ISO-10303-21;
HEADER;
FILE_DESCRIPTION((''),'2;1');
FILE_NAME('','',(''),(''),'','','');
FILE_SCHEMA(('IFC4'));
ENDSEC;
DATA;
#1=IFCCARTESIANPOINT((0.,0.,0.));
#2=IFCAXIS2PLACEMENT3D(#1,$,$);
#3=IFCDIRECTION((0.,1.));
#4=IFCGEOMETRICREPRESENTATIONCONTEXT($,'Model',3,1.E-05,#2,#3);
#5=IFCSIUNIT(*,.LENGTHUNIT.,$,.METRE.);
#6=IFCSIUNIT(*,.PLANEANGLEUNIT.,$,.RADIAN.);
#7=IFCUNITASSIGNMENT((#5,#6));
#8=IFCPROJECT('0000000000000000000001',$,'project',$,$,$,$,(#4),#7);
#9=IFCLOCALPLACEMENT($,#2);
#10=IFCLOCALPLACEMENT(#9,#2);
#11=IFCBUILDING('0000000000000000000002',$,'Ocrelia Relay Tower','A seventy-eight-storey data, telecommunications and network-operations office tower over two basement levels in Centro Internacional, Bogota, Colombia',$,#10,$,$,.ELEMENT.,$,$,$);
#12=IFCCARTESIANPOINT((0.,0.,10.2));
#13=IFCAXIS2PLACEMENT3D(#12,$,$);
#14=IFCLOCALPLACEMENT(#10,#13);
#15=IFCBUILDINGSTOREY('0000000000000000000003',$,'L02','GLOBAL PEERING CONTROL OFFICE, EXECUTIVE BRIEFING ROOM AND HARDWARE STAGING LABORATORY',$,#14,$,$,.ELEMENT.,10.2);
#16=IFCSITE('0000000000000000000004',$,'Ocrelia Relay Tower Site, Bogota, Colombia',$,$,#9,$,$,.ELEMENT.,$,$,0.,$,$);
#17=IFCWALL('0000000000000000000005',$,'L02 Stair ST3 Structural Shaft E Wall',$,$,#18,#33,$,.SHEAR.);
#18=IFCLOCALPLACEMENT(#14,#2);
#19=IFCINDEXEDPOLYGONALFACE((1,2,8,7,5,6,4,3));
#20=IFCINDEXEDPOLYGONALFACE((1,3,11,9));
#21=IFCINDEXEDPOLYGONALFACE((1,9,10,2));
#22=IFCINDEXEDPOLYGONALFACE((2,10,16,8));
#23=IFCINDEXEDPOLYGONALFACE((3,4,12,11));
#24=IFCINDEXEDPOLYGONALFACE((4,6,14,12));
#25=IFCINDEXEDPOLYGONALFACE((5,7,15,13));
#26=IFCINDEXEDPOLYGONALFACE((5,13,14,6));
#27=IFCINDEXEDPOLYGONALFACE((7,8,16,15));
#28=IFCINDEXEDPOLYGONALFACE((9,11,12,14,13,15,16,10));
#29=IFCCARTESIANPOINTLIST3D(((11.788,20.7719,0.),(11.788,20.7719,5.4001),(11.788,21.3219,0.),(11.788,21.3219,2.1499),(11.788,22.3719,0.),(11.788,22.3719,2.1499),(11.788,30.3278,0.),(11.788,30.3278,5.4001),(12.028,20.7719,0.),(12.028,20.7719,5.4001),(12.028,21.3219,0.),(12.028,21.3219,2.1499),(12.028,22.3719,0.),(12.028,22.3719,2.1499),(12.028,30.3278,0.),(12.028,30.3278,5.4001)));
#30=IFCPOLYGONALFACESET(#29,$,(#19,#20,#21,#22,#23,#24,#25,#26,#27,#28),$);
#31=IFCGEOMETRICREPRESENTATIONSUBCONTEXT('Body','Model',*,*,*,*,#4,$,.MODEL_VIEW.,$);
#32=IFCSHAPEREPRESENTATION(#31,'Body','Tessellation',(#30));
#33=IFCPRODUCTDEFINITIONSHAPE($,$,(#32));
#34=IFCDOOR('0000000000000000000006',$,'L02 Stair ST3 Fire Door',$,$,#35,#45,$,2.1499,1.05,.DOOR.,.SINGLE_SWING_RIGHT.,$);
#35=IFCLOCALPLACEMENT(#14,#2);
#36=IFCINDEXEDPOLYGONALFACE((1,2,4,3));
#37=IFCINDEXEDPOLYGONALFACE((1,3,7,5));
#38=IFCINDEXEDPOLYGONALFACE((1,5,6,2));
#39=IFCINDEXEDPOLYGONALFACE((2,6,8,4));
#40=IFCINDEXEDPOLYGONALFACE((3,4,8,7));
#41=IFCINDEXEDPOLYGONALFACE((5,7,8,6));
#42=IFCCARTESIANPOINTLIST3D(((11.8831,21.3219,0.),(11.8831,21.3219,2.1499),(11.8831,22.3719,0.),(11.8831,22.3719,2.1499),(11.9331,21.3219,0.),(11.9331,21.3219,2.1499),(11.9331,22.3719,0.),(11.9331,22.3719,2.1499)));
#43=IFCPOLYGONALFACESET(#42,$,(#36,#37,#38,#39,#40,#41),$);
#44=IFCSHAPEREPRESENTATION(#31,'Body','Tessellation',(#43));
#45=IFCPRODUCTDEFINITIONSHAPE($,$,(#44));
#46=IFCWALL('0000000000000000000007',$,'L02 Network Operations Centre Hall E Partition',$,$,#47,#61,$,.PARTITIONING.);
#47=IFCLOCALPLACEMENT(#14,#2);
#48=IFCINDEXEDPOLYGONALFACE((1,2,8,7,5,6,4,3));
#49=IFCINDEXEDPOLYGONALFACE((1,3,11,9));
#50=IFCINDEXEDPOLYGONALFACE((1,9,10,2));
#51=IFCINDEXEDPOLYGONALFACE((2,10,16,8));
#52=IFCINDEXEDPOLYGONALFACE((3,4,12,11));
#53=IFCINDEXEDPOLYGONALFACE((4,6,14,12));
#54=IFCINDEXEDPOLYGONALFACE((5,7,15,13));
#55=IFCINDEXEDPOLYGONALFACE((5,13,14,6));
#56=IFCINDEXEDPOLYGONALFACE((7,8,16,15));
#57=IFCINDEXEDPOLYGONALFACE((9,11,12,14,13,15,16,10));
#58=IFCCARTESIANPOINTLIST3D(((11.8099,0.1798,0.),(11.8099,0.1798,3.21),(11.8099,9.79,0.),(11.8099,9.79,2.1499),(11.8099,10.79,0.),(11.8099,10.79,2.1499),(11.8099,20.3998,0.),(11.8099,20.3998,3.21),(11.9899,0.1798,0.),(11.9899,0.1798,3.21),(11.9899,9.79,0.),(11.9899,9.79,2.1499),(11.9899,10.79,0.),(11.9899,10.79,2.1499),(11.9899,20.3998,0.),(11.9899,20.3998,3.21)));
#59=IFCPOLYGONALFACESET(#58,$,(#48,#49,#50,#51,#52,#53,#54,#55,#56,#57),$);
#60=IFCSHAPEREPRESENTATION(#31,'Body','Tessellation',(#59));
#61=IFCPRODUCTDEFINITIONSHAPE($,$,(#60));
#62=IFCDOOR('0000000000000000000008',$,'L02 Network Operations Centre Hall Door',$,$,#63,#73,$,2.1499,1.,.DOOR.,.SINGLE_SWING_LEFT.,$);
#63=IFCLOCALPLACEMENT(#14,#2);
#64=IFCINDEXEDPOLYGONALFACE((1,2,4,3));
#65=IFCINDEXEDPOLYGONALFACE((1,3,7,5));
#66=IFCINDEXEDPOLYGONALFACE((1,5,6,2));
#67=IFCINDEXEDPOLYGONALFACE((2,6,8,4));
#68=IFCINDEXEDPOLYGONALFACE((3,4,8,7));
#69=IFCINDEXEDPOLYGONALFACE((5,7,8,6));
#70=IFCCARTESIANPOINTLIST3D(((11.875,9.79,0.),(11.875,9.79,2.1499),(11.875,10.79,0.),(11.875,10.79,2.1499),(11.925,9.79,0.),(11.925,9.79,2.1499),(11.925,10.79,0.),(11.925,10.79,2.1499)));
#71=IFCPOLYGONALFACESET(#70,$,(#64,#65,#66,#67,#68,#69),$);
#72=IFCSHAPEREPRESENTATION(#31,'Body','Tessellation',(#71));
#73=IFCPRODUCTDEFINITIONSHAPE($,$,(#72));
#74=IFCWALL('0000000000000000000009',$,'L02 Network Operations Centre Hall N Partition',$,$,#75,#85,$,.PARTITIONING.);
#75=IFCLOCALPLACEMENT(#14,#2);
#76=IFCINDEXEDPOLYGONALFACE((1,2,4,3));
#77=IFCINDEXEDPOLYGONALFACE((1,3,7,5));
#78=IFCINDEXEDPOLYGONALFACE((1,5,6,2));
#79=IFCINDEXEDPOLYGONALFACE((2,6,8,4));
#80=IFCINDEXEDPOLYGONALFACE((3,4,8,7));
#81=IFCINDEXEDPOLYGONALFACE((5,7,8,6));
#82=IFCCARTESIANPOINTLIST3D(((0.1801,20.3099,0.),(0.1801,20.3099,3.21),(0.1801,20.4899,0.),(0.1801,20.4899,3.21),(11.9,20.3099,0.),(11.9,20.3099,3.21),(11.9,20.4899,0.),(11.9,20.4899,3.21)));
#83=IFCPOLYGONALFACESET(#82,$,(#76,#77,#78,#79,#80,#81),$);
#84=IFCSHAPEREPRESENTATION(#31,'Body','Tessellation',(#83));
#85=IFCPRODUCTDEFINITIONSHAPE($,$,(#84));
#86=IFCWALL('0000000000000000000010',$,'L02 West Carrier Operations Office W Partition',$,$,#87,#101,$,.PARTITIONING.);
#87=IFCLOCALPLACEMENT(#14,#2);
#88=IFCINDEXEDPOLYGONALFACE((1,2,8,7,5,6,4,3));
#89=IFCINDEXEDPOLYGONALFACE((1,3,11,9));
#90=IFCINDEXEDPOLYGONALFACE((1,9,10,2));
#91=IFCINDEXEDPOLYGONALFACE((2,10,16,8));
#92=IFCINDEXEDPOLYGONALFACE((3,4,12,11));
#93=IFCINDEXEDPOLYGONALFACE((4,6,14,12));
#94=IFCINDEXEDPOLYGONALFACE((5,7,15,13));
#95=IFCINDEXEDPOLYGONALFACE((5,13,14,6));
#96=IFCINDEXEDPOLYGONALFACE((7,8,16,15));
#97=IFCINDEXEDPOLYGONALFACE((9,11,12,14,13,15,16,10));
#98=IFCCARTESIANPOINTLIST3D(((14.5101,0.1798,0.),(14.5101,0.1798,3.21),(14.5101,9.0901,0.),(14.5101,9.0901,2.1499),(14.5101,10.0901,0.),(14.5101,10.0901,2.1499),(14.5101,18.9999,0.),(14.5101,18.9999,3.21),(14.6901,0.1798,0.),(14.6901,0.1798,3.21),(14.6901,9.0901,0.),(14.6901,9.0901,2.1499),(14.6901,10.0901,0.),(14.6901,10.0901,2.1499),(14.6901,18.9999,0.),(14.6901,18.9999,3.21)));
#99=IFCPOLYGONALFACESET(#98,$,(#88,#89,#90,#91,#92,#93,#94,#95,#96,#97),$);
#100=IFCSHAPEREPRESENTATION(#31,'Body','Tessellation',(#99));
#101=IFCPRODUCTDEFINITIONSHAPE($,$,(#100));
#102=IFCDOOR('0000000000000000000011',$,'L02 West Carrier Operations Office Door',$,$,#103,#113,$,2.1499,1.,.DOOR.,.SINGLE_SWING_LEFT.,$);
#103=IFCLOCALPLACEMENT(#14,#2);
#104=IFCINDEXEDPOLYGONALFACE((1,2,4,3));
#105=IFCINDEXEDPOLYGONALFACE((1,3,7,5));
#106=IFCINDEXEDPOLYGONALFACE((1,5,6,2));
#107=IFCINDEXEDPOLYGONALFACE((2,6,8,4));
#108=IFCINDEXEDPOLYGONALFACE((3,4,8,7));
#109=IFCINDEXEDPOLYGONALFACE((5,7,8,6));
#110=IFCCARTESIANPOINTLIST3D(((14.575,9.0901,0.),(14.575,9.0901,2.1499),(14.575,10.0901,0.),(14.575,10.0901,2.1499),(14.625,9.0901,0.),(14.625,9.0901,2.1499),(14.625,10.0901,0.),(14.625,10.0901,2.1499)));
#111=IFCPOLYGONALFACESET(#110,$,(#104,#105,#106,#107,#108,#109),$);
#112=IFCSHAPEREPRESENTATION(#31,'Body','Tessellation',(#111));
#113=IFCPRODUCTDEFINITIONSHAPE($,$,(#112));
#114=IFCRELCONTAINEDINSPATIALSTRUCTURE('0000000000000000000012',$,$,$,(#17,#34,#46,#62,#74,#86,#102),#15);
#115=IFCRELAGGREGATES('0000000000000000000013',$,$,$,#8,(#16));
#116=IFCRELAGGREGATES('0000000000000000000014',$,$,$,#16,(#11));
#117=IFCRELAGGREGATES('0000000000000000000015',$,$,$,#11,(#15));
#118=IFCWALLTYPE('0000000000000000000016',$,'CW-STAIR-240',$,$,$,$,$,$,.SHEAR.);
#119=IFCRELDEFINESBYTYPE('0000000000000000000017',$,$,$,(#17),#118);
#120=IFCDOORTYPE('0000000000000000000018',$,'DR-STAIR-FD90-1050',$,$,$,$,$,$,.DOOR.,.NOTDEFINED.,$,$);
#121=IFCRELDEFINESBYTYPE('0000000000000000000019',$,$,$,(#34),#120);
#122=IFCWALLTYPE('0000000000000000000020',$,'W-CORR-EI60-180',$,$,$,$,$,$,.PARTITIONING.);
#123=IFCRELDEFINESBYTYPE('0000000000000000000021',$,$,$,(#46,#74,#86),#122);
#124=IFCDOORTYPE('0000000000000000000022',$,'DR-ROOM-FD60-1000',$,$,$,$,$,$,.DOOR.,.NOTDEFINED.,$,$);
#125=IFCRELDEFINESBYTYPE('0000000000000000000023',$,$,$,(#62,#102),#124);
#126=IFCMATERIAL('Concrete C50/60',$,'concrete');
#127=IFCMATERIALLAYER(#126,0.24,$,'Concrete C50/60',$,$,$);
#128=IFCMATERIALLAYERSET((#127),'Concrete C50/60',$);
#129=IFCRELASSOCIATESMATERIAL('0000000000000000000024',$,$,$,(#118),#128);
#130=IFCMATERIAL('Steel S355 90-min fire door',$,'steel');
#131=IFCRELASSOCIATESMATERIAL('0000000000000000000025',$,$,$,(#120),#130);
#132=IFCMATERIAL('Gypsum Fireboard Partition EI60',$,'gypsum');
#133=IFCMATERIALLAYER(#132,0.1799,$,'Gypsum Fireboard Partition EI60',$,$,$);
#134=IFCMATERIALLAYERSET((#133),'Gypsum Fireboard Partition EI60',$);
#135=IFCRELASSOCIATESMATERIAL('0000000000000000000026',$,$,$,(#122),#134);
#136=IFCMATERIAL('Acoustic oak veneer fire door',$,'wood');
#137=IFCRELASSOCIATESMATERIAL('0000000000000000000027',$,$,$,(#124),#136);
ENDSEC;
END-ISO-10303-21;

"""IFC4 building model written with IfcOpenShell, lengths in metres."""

from ifc_helpers import new_model, si_unit, direction, frame, frame_2d, origin, place, context, subcontext, project, spatial, rectangle, extrude, material, layer, layer_set, type_object, element, fill, save


model = new_model("IFC4")

# Units and contexts
model_context = context("Model", 3, precision=1e-05, world=origin(), true_north=direction((0.0, 1.0)))
body_context = subcontext(model_context, "Body", "Model", "MODEL_VIEW")
ifc_project = project(units=[si_unit("LENGTHUNIT", "METRE"), si_unit("PLANEANGLEUNIT", "RADIAN")], contexts=[model_context])

# Site, building, storey
site_placement = place(None, origin())
site = spatial("IfcSite", under=ifc_project, at=site_placement, Name="Ocrelia Relay Tower Site, Bogota, Colombia", CompositionType="ELEMENT", RefElevation=0.0)
building_placement = place(site_placement, origin())
building = spatial("IfcBuilding", under=site, at=building_placement, Name="Ocrelia Relay Tower", Description="A seventy-eight-storey data, telecommunications and network-operations office tower over two basement levels in Centro Internacional, Bogota, Colombia", CompositionType="ELEMENT")
storey_placement = place(building_placement, frame((0.0, 0.0, 10.2)))
storey = spatial("IfcBuildingStorey", under=building, at=storey_placement, Name="L02", Description="GLOBAL PEERING CONTROL OFFICE, EXECUTIVE BRIEFING ROOM AND HARDWARE STAGING LABORATORY", CompositionType="ELEMENT", Elevation=10.2)

# Shared definitions
ifc_material_1 = material(Name="Concrete C50/60", Category="concrete")

# Shared definitions
ifc_layer_1 = layer(ifc_material_1, 0.24, Name="Concrete C50/60")
ifc_layer_set_1 = layer_set([ifc_layer_1], Name="Concrete C50/60")
wall_type_1 = type_object("IfcWallType", Name="CW-STAIR-240", PredefinedType="SHEAR", material=ifc_layer_set_1)

# Walls, openings, doors
wall_1_placement = place(storey_placement, frame((11.908, 20.772, 0.0), z_axis=(0.0, 0.0, 1.0), x_axis=(0.0, 1.0, 0.0)))
wall_1 = element("IfcWall", 1, at=wall_1_placement, inside=storey, type_object=wall_type_1, Name="L02 Stair ST3 Structural Shaft E Wall", PredefinedType="SHEAR", context=body_context, shape_type="SweptSolid", body=[
    extrude(rectangle(XDim=9.5559, YDim=0.24, at=frame_2d((4.7778, 0.0))), origin(), (0.0, 0.0, 1.0), 5.4001),
])
opening_1_placement = place(wall_1_placement, frame((0.55, 0.0, 0.0)))
opening_1 = element("IfcOpeningElement", 2, at=opening_1_placement, cuts=wall_1, PredefinedType="OPENING", context=body_context, shape_type="SweptSolid", body=[
    extrude(rectangle(XDim=1.05, YDim=2.1499, at=frame_2d((0.5249, 1.075))), frame((0.0, 0.1299, 0.0), z_axis=(0.0, -1.0, 0.0), x_axis=(1.0, 0.0, 0.0)), (0.0, 0.0, 1.0), 0.26),
])
ifc_material_2 = material(Name="Steel S355 90-min fire door", Category="steel")
door_type_1 = type_object("IfcDoorType", Name="DR-STAIR-FD90-1050", OperationType="NOTDEFINED", PredefinedType="DOOR", material=ifc_material_2)
door_1_placement = place(opening_1_placement, origin())
door_1 = element("IfcDoor", 3, at=door_1_placement, inside=storey, type_object=door_type_1, Name="L02 Stair ST3 Fire Door", OperationType="SINGLE_SWING_RIGHT", OverallHeight=2.1499, OverallWidth=1.05, PredefinedType="DOOR", context=body_context, shape_type="SweptSolid", body=[
    extrude(rectangle(XDim=1.05, YDim=2.1499, at=frame_2d((0.5249, 1.075))), frame((0.0, 0.0249, 0.0), z_axis=(0.0, -1.0, 0.0), x_axis=(1.0, 0.0, 0.0)), (0.0, 0.0, 1.0), 0.05),
])
fill(opening_1, door_1)
ifc_material_3 = material(Name="Gypsum Fireboard Partition EI60", Category="gypsum")
ifc_layer_2 = layer(ifc_material_3, 0.1799, Name="Gypsum Fireboard Partition EI60")
ifc_layer_set_2 = layer_set([ifc_layer_2], Name="Gypsum Fireboard Partition EI60")
wall_type_2 = type_object("IfcWallType", Name="W-CORR-EI60-180", PredefinedType="PARTITIONING", material=ifc_layer_set_2)
wall_2_placement = place(storey_placement, frame((11.8999, 0.1799, 0.0), z_axis=(0.0, 0.0, 1.0), x_axis=(0.0, 1.0, 0.0)))
wall_2 = element("IfcWall", 4, at=wall_2_placement, inside=storey, type_object=wall_type_2, Name="L02 Network Operations Centre Hall E Partition", PredefinedType="PARTITIONING", context=body_context, shape_type="SweptSolid", body=[
    extrude(rectangle(XDim=20.22, YDim=0.1799, at=frame_2d((10.1099, 0.0))), origin(), (0.0, 0.0, 1.0), 3.21),
])
opening_2_placement = place(wall_2_placement, frame((9.6101, 0.0, 0.0)))
opening_2 = element("IfcOpeningElement", 5, at=opening_2_placement, cuts=wall_2, PredefinedType="OPENING", context=body_context, shape_type="SweptSolid", body=[
    extrude(rectangle(XDim=1.0, YDim=2.1499, at=frame_2d((0.5, 1.075))), frame((0.0, 0.1001, 0.0), z_axis=(0.0, -1.0, 0.0), x_axis=(1.0, 0.0, 0.0)), (0.0, 0.0, 1.0), 0.2),
])
ifc_material_4 = material(Name="Acoustic oak veneer fire door", Category="wood")
door_type_2 = type_object("IfcDoorType", Name="DR-ROOM-FD60-1000", OperationType="NOTDEFINED", PredefinedType="DOOR", material=ifc_material_4)
door_2_placement = place(opening_2_placement, origin())
door_2 = element("IfcDoor", 6, at=door_2_placement, inside=storey, type_object=door_type_2, Name="L02 Network Operations Centre Hall Door", OperationType="SINGLE_SWING_LEFT", OverallHeight=2.1499, OverallWidth=1.0, PredefinedType="DOOR", context=body_context, shape_type="SweptSolid", body=[
    extrude(rectangle(XDim=1.0, YDim=2.1499, at=frame_2d((0.5, 1.075))), frame((0.0, 0.0249, 0.0), z_axis=(0.0, -1.0, 0.0), x_axis=(1.0, 0.0, 0.0)), (0.0, 0.0, 1.0), 0.05),
])
fill(opening_2, door_2)

# Wall
wall_3_placement = place(storey_placement, frame((11.8999, 20.3999, 0.0), z_axis=(0.0, 0.0, 1.0), x_axis=(-1.0, 0.0, 0.0)))
element("IfcWall", 7, at=wall_3_placement, inside=storey, type_object=wall_type_2, Name="L02 Network Operations Centre Hall N Partition", PredefinedType="PARTITIONING", context=body_context, shape_type="SweptSolid", body=[
    extrude(rectangle(XDim=11.72, YDim=0.1799, at=frame_2d((5.8599, 0.0))), origin(), (0.0, 0.0, 1.0), 3.21),
])

# Wall, opening, door
wall_4_placement = place(storey_placement, frame((14.6001, 19.0, 0.0), z_axis=(0.0, 0.0, 1.0), x_axis=(0.0, -1.0, 0.0)))
wall_4 = element("IfcWall", 8, at=wall_4_placement, inside=storey, type_object=wall_type_2, Name="L02 West Carrier Operations Office W Partition", PredefinedType="PARTITIONING", context=body_context, shape_type="SweptSolid", body=[
    extrude(rectangle(XDim=18.8201, YDim=0.1799, at=frame_2d((9.4102, 0.0))), origin(), (0.0, 0.0, 1.0), 3.21),
])
opening_3_placement = place(wall_4_placement, frame((8.9099, 0.0, 0.0)))
opening_3 = element("IfcOpeningElement", 9, at=opening_3_placement, cuts=wall_4, PredefinedType="OPENING", context=body_context, shape_type="SweptSolid", body=[
    extrude(rectangle(XDim=1.0, YDim=2.1499, at=frame_2d((0.5, 1.075))), frame((0.0, 0.1001, 0.0), z_axis=(0.0, -1.0, 0.0), x_axis=(1.0, 0.0, 0.0)), (0.0, 0.0, 1.0), 0.2),
])
door_3_placement = place(opening_3_placement, origin())
door_3 = element("IfcDoor", 10, at=door_3_placement, inside=storey, type_object=door_type_2, Name="L02 West Carrier Operations Office Door", OperationType="SINGLE_SWING_LEFT", OverallHeight=2.1499, OverallWidth=1.0, PredefinedType="DOOR", context=body_context, shape_type="SweptSolid", body=[
    extrude(rectangle(XDim=1.0, YDim=2.1499, at=frame_2d((0.5, 1.075))), frame((0.0, 0.0249, 0.0), z_axis=(0.0, -1.0, 0.0), x_axis=(1.0, 0.0, 0.0)), (0.0, 0.0, 1.0), 0.05),
])
fill(opening_3, door_3)

save(model, "model.ifc")
